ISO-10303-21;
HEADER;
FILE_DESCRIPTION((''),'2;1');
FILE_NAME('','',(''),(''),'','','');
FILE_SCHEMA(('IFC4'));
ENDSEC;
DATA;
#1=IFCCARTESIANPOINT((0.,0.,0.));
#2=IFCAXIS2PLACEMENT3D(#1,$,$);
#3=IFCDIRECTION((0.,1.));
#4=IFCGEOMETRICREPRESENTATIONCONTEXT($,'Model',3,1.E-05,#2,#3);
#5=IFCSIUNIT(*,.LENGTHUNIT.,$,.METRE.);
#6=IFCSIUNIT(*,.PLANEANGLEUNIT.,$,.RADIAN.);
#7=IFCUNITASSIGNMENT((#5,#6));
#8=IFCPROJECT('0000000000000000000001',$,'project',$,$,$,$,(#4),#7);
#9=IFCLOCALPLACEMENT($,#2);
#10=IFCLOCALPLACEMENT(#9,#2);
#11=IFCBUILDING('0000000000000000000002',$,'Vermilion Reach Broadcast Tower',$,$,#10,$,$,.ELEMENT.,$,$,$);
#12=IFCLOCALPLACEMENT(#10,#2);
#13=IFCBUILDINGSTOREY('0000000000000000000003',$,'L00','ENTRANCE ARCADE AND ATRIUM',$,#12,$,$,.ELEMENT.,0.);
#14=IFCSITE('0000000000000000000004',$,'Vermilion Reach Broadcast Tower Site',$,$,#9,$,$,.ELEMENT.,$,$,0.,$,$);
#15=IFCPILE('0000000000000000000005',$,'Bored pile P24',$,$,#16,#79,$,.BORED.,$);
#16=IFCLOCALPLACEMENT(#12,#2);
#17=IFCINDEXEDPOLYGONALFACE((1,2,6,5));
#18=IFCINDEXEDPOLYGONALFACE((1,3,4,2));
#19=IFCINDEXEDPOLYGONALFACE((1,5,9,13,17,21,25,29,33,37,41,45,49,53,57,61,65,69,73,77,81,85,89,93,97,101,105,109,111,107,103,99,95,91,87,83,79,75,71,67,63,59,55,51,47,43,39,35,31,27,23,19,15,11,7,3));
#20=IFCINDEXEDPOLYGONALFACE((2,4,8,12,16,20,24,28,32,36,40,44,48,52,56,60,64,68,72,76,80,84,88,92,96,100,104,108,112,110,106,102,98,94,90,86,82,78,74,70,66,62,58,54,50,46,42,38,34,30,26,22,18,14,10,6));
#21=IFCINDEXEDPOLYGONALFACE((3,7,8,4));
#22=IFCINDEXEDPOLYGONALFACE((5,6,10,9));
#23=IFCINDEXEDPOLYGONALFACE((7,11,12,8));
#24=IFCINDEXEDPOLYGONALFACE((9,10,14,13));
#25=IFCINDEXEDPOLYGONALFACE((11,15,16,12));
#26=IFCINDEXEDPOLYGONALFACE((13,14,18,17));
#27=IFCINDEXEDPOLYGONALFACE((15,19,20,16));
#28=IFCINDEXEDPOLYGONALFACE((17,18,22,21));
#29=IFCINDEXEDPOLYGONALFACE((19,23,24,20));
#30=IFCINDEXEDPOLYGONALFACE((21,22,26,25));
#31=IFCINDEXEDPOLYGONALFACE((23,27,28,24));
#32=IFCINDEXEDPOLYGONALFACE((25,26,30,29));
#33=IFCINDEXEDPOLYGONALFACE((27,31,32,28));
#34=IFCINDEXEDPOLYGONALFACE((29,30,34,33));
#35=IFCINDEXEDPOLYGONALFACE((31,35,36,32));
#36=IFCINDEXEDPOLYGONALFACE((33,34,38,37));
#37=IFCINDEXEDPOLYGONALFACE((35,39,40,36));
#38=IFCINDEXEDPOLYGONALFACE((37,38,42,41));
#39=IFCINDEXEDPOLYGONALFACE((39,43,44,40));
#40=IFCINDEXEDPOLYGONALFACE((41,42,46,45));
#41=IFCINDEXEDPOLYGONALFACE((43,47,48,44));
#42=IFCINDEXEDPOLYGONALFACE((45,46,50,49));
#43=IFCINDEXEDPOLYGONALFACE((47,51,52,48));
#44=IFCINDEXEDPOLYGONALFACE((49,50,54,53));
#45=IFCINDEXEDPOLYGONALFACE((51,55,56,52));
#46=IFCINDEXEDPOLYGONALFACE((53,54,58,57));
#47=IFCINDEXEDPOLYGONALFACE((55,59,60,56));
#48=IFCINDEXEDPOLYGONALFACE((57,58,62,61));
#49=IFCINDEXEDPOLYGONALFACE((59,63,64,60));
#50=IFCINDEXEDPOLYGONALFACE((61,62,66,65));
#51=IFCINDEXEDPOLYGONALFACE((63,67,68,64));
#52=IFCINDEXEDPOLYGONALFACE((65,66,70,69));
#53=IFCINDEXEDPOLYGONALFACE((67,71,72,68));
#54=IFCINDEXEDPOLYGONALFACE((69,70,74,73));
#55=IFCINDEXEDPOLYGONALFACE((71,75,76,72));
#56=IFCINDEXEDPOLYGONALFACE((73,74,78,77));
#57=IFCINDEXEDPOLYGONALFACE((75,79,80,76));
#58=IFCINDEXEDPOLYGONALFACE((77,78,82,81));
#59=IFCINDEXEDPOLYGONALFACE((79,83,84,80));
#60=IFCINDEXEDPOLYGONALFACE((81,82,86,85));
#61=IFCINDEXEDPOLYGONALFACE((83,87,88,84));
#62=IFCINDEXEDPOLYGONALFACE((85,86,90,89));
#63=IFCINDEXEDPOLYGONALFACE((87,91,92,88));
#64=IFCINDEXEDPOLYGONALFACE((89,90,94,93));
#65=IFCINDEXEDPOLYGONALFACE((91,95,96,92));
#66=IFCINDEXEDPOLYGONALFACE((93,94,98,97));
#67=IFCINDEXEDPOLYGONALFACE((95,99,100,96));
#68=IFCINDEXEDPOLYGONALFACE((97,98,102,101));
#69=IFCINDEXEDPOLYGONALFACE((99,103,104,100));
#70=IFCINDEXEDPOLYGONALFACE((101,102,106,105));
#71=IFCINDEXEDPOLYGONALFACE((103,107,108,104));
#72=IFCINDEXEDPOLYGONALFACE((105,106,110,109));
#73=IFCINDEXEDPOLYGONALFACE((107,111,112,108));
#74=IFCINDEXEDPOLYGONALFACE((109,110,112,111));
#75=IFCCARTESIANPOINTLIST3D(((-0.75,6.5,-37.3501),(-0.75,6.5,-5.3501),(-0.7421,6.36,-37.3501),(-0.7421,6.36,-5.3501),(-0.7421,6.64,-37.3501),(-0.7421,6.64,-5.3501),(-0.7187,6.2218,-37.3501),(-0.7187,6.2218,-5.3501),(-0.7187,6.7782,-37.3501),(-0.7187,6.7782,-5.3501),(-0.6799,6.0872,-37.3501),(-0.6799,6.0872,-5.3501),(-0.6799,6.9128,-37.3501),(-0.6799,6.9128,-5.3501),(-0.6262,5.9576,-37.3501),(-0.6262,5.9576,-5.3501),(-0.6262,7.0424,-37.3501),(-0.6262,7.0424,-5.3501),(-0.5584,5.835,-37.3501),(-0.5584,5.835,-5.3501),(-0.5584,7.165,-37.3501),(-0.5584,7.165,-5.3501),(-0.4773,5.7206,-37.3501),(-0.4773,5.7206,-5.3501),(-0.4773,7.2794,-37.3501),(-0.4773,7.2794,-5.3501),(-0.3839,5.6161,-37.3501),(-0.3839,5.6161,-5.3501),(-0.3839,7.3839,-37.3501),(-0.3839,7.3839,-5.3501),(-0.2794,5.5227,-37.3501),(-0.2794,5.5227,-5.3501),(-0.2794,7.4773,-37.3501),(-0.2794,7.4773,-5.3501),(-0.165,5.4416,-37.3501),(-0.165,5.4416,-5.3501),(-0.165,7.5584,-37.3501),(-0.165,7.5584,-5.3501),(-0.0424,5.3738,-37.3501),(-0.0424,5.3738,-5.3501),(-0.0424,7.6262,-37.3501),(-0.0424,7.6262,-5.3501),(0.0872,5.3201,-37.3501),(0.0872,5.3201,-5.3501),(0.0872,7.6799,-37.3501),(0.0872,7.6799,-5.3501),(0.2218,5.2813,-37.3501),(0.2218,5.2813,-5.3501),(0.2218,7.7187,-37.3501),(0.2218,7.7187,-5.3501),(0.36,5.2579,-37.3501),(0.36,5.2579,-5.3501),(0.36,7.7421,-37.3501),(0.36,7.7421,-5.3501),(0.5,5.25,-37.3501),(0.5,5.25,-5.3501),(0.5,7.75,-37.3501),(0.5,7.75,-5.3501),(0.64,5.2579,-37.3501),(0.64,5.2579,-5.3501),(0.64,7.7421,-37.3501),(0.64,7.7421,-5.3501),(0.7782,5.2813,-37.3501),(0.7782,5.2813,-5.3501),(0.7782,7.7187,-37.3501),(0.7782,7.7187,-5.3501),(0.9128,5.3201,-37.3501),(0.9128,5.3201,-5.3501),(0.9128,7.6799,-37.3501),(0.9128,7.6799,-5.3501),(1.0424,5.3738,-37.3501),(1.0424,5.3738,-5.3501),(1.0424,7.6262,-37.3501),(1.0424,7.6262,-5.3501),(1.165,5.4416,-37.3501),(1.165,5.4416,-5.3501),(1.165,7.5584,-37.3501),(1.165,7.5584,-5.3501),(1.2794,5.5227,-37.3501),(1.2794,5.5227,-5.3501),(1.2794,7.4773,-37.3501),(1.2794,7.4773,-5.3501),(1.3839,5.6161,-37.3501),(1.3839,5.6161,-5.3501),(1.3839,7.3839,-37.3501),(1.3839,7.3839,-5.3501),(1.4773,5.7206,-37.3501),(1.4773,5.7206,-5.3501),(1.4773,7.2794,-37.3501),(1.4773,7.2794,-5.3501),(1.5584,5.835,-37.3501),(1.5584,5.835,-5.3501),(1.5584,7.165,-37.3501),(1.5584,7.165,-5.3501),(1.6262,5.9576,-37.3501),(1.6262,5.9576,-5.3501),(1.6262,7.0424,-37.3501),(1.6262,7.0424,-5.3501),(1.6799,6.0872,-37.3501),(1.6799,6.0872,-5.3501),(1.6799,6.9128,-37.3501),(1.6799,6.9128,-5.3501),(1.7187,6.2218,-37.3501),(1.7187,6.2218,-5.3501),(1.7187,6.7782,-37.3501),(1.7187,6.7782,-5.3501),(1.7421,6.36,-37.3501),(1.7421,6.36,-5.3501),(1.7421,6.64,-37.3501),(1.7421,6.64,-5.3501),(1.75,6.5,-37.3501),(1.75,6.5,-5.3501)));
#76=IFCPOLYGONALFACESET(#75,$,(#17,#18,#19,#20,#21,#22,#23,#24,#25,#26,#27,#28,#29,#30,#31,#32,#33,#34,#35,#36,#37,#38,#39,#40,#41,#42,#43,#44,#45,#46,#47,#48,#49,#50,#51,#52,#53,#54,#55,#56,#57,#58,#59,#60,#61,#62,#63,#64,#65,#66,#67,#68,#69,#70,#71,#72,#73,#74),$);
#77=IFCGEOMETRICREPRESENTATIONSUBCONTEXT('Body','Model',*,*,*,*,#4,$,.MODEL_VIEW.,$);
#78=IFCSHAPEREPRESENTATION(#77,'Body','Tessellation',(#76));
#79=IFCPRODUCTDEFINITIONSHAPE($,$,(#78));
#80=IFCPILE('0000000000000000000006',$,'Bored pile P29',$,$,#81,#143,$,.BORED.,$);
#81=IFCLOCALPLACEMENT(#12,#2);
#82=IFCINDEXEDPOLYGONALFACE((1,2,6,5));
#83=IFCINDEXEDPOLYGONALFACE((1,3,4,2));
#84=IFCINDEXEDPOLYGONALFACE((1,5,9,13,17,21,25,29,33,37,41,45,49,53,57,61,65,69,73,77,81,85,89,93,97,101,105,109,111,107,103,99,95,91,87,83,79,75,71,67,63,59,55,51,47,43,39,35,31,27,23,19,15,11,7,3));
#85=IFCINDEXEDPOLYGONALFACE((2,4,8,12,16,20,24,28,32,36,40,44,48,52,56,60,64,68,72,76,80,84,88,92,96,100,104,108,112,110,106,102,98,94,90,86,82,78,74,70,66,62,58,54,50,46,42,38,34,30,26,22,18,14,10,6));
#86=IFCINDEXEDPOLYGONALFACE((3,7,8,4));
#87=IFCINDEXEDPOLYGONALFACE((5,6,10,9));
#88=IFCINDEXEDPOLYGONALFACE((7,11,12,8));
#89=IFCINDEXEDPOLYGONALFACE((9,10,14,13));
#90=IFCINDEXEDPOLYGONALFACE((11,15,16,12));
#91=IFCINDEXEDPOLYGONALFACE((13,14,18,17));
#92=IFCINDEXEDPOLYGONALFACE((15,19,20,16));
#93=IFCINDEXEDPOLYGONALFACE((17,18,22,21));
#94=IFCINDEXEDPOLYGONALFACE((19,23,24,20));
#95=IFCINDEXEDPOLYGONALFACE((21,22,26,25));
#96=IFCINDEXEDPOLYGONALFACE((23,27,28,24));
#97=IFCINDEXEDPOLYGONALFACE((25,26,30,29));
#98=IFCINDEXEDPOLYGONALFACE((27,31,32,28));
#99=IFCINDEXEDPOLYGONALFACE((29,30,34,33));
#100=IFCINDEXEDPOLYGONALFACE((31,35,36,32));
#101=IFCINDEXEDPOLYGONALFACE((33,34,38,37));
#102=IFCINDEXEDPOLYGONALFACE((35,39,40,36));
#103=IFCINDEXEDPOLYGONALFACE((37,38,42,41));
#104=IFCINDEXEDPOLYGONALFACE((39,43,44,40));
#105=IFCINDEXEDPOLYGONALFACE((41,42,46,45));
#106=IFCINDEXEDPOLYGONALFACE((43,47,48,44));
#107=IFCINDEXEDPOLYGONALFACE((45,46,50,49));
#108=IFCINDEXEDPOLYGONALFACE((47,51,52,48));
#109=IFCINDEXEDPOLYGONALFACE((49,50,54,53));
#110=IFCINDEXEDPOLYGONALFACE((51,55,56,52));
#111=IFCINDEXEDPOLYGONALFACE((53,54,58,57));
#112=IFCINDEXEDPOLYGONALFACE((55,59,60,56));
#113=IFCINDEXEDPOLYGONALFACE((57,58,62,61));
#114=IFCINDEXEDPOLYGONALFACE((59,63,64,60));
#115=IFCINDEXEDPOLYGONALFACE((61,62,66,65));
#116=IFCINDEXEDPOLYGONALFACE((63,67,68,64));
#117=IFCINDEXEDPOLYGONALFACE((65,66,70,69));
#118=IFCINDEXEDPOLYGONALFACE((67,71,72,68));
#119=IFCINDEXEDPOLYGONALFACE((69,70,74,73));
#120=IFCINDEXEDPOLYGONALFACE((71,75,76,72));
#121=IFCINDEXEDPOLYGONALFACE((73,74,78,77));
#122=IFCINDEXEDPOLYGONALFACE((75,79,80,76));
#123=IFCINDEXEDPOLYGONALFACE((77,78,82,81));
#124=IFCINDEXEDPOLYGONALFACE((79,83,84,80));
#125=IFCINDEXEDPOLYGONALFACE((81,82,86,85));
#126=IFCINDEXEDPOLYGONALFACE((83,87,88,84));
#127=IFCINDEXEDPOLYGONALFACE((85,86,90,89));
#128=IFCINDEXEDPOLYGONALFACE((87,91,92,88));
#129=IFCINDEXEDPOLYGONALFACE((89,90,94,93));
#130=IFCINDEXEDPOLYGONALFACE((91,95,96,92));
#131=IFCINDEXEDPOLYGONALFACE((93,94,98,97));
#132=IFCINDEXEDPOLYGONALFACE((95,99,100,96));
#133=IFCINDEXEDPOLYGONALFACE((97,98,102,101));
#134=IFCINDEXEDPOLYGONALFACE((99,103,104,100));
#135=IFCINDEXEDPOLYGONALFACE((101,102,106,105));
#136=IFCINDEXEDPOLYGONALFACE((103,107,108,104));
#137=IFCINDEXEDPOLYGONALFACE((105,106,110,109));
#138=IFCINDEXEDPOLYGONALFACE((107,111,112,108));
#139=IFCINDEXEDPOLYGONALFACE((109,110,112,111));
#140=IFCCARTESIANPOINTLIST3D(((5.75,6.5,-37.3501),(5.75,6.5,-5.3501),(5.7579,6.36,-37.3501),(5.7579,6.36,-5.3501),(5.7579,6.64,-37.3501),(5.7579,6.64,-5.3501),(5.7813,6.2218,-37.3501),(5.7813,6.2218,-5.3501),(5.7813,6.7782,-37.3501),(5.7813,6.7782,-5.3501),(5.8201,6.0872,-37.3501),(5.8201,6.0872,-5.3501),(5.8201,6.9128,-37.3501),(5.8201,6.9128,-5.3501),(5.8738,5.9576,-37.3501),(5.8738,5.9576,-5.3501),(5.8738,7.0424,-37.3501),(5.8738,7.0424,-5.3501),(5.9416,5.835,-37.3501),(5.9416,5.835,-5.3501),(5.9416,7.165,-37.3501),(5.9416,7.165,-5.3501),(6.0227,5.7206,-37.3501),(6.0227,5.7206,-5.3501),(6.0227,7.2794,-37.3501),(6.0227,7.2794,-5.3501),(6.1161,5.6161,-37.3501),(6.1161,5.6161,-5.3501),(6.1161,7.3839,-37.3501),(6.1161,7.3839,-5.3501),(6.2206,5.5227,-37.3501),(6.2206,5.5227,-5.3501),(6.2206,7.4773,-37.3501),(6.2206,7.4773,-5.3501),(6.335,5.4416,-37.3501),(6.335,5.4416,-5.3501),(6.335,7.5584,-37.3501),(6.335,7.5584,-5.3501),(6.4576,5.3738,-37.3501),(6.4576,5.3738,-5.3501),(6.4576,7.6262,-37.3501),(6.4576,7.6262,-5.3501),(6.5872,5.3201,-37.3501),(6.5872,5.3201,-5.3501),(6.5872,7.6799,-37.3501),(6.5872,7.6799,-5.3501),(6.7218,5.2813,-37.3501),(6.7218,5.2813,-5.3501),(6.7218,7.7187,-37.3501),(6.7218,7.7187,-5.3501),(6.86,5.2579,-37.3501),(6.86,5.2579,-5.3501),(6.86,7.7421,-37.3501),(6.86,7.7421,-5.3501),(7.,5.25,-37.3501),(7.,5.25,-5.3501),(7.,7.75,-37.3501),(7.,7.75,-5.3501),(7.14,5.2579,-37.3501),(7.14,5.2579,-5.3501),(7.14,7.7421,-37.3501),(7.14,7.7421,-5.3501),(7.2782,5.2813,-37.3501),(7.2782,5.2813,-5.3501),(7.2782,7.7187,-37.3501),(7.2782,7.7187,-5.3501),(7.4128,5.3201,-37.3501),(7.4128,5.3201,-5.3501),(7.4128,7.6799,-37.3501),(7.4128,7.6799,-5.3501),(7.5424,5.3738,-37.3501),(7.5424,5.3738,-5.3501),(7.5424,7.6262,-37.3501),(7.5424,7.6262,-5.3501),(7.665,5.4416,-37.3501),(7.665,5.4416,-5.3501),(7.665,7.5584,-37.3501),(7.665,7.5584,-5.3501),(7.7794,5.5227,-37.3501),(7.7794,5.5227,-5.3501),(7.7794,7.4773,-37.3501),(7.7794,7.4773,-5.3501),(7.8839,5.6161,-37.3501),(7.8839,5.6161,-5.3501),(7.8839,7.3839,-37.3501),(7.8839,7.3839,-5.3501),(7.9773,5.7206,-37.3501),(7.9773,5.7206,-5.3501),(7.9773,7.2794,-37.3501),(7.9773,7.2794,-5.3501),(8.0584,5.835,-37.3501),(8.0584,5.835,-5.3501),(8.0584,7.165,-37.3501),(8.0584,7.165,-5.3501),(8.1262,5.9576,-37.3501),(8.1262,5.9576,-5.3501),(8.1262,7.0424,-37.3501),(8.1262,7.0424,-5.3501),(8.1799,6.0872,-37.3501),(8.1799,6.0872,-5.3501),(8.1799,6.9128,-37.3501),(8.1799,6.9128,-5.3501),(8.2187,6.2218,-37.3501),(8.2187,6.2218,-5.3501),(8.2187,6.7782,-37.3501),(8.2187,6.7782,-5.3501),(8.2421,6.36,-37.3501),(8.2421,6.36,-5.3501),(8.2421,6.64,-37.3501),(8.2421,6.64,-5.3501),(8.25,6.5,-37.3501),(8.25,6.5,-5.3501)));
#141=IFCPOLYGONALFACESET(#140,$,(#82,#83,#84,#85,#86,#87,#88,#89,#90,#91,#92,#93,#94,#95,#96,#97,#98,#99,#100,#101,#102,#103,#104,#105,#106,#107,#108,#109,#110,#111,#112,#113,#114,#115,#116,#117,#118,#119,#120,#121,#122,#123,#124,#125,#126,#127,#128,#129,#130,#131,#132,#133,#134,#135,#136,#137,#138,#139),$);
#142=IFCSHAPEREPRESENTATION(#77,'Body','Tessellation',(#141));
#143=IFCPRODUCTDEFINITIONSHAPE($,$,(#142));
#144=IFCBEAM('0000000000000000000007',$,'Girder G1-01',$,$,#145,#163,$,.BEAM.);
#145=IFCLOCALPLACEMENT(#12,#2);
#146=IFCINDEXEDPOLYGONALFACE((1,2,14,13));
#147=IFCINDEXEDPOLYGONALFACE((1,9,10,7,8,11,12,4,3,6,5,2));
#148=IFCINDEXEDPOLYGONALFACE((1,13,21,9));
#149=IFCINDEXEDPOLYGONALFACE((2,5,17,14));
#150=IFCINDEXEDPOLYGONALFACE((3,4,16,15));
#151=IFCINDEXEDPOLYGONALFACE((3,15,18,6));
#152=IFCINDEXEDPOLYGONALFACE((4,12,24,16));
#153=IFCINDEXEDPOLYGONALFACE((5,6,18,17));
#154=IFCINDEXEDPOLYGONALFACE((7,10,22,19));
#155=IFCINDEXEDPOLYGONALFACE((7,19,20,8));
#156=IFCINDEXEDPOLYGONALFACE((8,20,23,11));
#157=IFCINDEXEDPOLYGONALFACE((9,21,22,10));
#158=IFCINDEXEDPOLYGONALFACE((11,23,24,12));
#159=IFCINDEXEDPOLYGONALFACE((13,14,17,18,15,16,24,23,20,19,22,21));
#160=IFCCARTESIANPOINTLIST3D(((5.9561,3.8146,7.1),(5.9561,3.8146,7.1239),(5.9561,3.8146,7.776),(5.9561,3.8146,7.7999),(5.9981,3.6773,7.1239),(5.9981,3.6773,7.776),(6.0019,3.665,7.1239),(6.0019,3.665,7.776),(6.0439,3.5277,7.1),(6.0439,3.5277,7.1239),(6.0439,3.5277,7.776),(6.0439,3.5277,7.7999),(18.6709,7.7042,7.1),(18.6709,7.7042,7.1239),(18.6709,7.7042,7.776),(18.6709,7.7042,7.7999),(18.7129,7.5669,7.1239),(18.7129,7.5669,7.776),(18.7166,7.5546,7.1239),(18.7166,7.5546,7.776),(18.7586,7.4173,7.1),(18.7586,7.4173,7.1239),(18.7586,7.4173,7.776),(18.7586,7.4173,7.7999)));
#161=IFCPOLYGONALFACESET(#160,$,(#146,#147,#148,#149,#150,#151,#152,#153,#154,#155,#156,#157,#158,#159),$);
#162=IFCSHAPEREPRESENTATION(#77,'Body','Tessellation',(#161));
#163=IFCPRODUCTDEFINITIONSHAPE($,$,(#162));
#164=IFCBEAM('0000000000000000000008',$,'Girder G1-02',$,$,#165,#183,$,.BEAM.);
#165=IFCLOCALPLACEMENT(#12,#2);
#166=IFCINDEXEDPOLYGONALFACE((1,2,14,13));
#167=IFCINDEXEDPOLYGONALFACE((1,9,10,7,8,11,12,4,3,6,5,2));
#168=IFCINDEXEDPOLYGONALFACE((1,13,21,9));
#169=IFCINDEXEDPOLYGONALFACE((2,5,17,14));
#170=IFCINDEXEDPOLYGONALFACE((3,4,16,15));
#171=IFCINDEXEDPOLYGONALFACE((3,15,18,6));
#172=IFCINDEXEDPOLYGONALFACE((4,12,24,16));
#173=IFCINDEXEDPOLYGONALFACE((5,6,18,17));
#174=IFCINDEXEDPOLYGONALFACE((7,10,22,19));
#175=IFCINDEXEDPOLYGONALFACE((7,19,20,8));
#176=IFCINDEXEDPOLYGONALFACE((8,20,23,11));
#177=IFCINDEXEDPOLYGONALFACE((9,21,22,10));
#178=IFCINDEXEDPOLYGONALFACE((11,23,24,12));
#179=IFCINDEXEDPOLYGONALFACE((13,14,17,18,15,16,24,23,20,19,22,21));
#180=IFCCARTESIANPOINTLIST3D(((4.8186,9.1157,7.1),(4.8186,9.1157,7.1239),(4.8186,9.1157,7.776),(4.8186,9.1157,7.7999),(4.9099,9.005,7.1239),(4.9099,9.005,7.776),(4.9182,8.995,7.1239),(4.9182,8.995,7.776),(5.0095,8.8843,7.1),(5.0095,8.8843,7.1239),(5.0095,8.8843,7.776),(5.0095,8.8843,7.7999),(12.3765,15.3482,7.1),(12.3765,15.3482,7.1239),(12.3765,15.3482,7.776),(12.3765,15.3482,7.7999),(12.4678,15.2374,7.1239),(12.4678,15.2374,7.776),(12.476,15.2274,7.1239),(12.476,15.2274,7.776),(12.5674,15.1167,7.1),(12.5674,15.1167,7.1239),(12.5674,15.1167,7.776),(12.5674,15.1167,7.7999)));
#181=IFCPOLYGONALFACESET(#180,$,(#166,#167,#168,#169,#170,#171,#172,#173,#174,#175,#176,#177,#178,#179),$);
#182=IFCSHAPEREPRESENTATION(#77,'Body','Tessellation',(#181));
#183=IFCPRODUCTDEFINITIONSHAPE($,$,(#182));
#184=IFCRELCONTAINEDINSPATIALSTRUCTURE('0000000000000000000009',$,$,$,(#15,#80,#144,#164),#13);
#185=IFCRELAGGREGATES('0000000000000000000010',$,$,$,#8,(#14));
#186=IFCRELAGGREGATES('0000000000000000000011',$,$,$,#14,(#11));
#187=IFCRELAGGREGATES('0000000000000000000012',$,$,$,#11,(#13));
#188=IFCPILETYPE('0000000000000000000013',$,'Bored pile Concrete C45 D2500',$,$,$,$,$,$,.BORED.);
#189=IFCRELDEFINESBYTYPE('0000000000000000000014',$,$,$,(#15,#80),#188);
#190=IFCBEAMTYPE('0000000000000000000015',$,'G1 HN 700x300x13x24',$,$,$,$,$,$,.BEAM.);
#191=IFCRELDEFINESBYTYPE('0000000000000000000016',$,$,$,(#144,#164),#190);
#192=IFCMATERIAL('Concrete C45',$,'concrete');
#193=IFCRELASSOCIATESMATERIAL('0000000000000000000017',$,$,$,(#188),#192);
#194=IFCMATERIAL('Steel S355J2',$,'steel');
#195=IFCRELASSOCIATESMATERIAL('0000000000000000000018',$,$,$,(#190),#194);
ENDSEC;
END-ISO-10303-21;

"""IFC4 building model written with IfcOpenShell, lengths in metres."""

from ifc_helpers import new_model, si_unit, direction, frame, origin, origin_2d, place, context, subcontext, project, spatial, circle, i_section, extrude, material, material_profile, profile_set, type_object, element, save


model = new_model("IFC4")

# Units and contexts
model_context = context("Model", 3, precision=1e-05, world=origin(), true_north=direction((0.0, 1.0)))
body_context = subcontext(model_context, "Body", "Model", "MODEL_VIEW")
ifc_project = project(units=[si_unit("LENGTHUNIT", "METRE"), si_unit("PLANEANGLEUNIT", "RADIAN")], contexts=[model_context])

# Site, building, storey
site_placement = place(None, origin())
site = spatial("IfcSite", under=ifc_project, at=site_placement, Name="Vermilion Reach Broadcast Tower Site", CompositionType="ELEMENT", RefElevation=0.0)
building_placement = place(site_placement, origin())
building = spatial("IfcBuilding", under=site, at=building_placement, Name="Vermilion Reach Broadcast Tower", CompositionType="ELEMENT")
storey_placement = place(building_placement, origin())
storey = spatial("IfcBuildingStorey", under=building, at=storey_placement, Name="L00", Description="ENTRANCE ARCADE AND ATRIUM", CompositionType="ELEMENT", Elevation=0.0)

# Piles
ifc_material_1 = material(Name="Concrete C45", Category="concrete")
ifc_material_profile_1 = material_profile(ifc_material_1, circle(Radius=1.25, at=origin_2d()), Name="Concrete C45 D2500")
ifc_profile_set_1 = profile_set([ifc_material_profile_1], Name="Concrete C45")
pile_type = type_object("IfcPileType", Name="Bored pile Concrete C45 D2500", PredefinedType="BORED", material=ifc_profile_set_1)
for number, where, z_axis, x_axis, name in (
    (1, (0.5, 6.5, -5.3501), (0.0, 0.0, -1.0), (1.0, 0.0, 0.0), "Bored pile P24"),
    (2, (7.0, 6.5, -5.3501), (0.0, 0.0, -1.0), (1.0, 0.0, 0.0), "Bored pile P29"),
):
    element("IfcPile", number, at=place(storey_placement, frame(where, z_axis=z_axis, x_axis=x_axis)), inside=storey, type_object=pile_type, Name=name, PredefinedType="BORED", context=body_context, shape_type="SweptSolid", body=[
        extrude(circle(Radius=1.25, at=origin_2d()), origin(), (0.0, 0.0, 1.0), 32.0),
    ])

# Beams
ifc_material_2 = material(Name="Steel S355J2", Category="steel")
ifc_material_profile_2 = material_profile(ifc_material_2, i_section(OverallWidth=0.3, OverallDepth=0.7, WebThickness=0.0129, FlangeThickness=0.0239, at=origin_2d()), Name="S355J2 HN 700x300x13x24")
ifc_profile_set_2 = profile_set([ifc_material_profile_2], Name="Steel S355J2")
beam_type_1 = type_object("IfcBeamType", Name="G1 HN 700x300x13x24", PredefinedType="BEAM", material=ifc_profile_set_2)
beam_1_placement = place(storey_placement, frame((6.0, 3.6711, 7.45), z_axis=(0.956256, 0.292532, 0.0), x_axis=(-0.292532, 0.956256, 0.0)))
element("IfcBeam", 3, at=beam_1_placement, inside=storey, type_object=beam_type_1, Name="Girder G1-01", PredefinedType="BEAM", context=body_context, shape_type="SweptSolid", body=[
    extrude(i_section(OverallWidth=0.3, OverallDepth=0.7, WebThickness=0.0129, FlangeThickness=0.0239, at=origin_2d()), origin(), (0.0, 0.0, 1.0), 13.2964),
])
beam_2_placement = place(storey_placement, frame((4.9141, 9.0, 7.45), z_axis=(0.771514, 0.636212, 0.0), x_axis=(-0.636212, 0.771514, 0.0)))
element("IfcBeam", 4, at=beam_2_placement, inside=storey, type_object=beam_type_1, Name="Girder G1-02", PredefinedType="BEAM", context=body_context, shape_type="SweptSolid", body=[
    extrude(i_section(OverallWidth=0.3, OverallDepth=0.7, WebThickness=0.0129, FlangeThickness=0.0239, at=origin_2d()), origin(), (0.0, 0.0, 1.0), 9.7961),
])

save(model, "model.ifc")
